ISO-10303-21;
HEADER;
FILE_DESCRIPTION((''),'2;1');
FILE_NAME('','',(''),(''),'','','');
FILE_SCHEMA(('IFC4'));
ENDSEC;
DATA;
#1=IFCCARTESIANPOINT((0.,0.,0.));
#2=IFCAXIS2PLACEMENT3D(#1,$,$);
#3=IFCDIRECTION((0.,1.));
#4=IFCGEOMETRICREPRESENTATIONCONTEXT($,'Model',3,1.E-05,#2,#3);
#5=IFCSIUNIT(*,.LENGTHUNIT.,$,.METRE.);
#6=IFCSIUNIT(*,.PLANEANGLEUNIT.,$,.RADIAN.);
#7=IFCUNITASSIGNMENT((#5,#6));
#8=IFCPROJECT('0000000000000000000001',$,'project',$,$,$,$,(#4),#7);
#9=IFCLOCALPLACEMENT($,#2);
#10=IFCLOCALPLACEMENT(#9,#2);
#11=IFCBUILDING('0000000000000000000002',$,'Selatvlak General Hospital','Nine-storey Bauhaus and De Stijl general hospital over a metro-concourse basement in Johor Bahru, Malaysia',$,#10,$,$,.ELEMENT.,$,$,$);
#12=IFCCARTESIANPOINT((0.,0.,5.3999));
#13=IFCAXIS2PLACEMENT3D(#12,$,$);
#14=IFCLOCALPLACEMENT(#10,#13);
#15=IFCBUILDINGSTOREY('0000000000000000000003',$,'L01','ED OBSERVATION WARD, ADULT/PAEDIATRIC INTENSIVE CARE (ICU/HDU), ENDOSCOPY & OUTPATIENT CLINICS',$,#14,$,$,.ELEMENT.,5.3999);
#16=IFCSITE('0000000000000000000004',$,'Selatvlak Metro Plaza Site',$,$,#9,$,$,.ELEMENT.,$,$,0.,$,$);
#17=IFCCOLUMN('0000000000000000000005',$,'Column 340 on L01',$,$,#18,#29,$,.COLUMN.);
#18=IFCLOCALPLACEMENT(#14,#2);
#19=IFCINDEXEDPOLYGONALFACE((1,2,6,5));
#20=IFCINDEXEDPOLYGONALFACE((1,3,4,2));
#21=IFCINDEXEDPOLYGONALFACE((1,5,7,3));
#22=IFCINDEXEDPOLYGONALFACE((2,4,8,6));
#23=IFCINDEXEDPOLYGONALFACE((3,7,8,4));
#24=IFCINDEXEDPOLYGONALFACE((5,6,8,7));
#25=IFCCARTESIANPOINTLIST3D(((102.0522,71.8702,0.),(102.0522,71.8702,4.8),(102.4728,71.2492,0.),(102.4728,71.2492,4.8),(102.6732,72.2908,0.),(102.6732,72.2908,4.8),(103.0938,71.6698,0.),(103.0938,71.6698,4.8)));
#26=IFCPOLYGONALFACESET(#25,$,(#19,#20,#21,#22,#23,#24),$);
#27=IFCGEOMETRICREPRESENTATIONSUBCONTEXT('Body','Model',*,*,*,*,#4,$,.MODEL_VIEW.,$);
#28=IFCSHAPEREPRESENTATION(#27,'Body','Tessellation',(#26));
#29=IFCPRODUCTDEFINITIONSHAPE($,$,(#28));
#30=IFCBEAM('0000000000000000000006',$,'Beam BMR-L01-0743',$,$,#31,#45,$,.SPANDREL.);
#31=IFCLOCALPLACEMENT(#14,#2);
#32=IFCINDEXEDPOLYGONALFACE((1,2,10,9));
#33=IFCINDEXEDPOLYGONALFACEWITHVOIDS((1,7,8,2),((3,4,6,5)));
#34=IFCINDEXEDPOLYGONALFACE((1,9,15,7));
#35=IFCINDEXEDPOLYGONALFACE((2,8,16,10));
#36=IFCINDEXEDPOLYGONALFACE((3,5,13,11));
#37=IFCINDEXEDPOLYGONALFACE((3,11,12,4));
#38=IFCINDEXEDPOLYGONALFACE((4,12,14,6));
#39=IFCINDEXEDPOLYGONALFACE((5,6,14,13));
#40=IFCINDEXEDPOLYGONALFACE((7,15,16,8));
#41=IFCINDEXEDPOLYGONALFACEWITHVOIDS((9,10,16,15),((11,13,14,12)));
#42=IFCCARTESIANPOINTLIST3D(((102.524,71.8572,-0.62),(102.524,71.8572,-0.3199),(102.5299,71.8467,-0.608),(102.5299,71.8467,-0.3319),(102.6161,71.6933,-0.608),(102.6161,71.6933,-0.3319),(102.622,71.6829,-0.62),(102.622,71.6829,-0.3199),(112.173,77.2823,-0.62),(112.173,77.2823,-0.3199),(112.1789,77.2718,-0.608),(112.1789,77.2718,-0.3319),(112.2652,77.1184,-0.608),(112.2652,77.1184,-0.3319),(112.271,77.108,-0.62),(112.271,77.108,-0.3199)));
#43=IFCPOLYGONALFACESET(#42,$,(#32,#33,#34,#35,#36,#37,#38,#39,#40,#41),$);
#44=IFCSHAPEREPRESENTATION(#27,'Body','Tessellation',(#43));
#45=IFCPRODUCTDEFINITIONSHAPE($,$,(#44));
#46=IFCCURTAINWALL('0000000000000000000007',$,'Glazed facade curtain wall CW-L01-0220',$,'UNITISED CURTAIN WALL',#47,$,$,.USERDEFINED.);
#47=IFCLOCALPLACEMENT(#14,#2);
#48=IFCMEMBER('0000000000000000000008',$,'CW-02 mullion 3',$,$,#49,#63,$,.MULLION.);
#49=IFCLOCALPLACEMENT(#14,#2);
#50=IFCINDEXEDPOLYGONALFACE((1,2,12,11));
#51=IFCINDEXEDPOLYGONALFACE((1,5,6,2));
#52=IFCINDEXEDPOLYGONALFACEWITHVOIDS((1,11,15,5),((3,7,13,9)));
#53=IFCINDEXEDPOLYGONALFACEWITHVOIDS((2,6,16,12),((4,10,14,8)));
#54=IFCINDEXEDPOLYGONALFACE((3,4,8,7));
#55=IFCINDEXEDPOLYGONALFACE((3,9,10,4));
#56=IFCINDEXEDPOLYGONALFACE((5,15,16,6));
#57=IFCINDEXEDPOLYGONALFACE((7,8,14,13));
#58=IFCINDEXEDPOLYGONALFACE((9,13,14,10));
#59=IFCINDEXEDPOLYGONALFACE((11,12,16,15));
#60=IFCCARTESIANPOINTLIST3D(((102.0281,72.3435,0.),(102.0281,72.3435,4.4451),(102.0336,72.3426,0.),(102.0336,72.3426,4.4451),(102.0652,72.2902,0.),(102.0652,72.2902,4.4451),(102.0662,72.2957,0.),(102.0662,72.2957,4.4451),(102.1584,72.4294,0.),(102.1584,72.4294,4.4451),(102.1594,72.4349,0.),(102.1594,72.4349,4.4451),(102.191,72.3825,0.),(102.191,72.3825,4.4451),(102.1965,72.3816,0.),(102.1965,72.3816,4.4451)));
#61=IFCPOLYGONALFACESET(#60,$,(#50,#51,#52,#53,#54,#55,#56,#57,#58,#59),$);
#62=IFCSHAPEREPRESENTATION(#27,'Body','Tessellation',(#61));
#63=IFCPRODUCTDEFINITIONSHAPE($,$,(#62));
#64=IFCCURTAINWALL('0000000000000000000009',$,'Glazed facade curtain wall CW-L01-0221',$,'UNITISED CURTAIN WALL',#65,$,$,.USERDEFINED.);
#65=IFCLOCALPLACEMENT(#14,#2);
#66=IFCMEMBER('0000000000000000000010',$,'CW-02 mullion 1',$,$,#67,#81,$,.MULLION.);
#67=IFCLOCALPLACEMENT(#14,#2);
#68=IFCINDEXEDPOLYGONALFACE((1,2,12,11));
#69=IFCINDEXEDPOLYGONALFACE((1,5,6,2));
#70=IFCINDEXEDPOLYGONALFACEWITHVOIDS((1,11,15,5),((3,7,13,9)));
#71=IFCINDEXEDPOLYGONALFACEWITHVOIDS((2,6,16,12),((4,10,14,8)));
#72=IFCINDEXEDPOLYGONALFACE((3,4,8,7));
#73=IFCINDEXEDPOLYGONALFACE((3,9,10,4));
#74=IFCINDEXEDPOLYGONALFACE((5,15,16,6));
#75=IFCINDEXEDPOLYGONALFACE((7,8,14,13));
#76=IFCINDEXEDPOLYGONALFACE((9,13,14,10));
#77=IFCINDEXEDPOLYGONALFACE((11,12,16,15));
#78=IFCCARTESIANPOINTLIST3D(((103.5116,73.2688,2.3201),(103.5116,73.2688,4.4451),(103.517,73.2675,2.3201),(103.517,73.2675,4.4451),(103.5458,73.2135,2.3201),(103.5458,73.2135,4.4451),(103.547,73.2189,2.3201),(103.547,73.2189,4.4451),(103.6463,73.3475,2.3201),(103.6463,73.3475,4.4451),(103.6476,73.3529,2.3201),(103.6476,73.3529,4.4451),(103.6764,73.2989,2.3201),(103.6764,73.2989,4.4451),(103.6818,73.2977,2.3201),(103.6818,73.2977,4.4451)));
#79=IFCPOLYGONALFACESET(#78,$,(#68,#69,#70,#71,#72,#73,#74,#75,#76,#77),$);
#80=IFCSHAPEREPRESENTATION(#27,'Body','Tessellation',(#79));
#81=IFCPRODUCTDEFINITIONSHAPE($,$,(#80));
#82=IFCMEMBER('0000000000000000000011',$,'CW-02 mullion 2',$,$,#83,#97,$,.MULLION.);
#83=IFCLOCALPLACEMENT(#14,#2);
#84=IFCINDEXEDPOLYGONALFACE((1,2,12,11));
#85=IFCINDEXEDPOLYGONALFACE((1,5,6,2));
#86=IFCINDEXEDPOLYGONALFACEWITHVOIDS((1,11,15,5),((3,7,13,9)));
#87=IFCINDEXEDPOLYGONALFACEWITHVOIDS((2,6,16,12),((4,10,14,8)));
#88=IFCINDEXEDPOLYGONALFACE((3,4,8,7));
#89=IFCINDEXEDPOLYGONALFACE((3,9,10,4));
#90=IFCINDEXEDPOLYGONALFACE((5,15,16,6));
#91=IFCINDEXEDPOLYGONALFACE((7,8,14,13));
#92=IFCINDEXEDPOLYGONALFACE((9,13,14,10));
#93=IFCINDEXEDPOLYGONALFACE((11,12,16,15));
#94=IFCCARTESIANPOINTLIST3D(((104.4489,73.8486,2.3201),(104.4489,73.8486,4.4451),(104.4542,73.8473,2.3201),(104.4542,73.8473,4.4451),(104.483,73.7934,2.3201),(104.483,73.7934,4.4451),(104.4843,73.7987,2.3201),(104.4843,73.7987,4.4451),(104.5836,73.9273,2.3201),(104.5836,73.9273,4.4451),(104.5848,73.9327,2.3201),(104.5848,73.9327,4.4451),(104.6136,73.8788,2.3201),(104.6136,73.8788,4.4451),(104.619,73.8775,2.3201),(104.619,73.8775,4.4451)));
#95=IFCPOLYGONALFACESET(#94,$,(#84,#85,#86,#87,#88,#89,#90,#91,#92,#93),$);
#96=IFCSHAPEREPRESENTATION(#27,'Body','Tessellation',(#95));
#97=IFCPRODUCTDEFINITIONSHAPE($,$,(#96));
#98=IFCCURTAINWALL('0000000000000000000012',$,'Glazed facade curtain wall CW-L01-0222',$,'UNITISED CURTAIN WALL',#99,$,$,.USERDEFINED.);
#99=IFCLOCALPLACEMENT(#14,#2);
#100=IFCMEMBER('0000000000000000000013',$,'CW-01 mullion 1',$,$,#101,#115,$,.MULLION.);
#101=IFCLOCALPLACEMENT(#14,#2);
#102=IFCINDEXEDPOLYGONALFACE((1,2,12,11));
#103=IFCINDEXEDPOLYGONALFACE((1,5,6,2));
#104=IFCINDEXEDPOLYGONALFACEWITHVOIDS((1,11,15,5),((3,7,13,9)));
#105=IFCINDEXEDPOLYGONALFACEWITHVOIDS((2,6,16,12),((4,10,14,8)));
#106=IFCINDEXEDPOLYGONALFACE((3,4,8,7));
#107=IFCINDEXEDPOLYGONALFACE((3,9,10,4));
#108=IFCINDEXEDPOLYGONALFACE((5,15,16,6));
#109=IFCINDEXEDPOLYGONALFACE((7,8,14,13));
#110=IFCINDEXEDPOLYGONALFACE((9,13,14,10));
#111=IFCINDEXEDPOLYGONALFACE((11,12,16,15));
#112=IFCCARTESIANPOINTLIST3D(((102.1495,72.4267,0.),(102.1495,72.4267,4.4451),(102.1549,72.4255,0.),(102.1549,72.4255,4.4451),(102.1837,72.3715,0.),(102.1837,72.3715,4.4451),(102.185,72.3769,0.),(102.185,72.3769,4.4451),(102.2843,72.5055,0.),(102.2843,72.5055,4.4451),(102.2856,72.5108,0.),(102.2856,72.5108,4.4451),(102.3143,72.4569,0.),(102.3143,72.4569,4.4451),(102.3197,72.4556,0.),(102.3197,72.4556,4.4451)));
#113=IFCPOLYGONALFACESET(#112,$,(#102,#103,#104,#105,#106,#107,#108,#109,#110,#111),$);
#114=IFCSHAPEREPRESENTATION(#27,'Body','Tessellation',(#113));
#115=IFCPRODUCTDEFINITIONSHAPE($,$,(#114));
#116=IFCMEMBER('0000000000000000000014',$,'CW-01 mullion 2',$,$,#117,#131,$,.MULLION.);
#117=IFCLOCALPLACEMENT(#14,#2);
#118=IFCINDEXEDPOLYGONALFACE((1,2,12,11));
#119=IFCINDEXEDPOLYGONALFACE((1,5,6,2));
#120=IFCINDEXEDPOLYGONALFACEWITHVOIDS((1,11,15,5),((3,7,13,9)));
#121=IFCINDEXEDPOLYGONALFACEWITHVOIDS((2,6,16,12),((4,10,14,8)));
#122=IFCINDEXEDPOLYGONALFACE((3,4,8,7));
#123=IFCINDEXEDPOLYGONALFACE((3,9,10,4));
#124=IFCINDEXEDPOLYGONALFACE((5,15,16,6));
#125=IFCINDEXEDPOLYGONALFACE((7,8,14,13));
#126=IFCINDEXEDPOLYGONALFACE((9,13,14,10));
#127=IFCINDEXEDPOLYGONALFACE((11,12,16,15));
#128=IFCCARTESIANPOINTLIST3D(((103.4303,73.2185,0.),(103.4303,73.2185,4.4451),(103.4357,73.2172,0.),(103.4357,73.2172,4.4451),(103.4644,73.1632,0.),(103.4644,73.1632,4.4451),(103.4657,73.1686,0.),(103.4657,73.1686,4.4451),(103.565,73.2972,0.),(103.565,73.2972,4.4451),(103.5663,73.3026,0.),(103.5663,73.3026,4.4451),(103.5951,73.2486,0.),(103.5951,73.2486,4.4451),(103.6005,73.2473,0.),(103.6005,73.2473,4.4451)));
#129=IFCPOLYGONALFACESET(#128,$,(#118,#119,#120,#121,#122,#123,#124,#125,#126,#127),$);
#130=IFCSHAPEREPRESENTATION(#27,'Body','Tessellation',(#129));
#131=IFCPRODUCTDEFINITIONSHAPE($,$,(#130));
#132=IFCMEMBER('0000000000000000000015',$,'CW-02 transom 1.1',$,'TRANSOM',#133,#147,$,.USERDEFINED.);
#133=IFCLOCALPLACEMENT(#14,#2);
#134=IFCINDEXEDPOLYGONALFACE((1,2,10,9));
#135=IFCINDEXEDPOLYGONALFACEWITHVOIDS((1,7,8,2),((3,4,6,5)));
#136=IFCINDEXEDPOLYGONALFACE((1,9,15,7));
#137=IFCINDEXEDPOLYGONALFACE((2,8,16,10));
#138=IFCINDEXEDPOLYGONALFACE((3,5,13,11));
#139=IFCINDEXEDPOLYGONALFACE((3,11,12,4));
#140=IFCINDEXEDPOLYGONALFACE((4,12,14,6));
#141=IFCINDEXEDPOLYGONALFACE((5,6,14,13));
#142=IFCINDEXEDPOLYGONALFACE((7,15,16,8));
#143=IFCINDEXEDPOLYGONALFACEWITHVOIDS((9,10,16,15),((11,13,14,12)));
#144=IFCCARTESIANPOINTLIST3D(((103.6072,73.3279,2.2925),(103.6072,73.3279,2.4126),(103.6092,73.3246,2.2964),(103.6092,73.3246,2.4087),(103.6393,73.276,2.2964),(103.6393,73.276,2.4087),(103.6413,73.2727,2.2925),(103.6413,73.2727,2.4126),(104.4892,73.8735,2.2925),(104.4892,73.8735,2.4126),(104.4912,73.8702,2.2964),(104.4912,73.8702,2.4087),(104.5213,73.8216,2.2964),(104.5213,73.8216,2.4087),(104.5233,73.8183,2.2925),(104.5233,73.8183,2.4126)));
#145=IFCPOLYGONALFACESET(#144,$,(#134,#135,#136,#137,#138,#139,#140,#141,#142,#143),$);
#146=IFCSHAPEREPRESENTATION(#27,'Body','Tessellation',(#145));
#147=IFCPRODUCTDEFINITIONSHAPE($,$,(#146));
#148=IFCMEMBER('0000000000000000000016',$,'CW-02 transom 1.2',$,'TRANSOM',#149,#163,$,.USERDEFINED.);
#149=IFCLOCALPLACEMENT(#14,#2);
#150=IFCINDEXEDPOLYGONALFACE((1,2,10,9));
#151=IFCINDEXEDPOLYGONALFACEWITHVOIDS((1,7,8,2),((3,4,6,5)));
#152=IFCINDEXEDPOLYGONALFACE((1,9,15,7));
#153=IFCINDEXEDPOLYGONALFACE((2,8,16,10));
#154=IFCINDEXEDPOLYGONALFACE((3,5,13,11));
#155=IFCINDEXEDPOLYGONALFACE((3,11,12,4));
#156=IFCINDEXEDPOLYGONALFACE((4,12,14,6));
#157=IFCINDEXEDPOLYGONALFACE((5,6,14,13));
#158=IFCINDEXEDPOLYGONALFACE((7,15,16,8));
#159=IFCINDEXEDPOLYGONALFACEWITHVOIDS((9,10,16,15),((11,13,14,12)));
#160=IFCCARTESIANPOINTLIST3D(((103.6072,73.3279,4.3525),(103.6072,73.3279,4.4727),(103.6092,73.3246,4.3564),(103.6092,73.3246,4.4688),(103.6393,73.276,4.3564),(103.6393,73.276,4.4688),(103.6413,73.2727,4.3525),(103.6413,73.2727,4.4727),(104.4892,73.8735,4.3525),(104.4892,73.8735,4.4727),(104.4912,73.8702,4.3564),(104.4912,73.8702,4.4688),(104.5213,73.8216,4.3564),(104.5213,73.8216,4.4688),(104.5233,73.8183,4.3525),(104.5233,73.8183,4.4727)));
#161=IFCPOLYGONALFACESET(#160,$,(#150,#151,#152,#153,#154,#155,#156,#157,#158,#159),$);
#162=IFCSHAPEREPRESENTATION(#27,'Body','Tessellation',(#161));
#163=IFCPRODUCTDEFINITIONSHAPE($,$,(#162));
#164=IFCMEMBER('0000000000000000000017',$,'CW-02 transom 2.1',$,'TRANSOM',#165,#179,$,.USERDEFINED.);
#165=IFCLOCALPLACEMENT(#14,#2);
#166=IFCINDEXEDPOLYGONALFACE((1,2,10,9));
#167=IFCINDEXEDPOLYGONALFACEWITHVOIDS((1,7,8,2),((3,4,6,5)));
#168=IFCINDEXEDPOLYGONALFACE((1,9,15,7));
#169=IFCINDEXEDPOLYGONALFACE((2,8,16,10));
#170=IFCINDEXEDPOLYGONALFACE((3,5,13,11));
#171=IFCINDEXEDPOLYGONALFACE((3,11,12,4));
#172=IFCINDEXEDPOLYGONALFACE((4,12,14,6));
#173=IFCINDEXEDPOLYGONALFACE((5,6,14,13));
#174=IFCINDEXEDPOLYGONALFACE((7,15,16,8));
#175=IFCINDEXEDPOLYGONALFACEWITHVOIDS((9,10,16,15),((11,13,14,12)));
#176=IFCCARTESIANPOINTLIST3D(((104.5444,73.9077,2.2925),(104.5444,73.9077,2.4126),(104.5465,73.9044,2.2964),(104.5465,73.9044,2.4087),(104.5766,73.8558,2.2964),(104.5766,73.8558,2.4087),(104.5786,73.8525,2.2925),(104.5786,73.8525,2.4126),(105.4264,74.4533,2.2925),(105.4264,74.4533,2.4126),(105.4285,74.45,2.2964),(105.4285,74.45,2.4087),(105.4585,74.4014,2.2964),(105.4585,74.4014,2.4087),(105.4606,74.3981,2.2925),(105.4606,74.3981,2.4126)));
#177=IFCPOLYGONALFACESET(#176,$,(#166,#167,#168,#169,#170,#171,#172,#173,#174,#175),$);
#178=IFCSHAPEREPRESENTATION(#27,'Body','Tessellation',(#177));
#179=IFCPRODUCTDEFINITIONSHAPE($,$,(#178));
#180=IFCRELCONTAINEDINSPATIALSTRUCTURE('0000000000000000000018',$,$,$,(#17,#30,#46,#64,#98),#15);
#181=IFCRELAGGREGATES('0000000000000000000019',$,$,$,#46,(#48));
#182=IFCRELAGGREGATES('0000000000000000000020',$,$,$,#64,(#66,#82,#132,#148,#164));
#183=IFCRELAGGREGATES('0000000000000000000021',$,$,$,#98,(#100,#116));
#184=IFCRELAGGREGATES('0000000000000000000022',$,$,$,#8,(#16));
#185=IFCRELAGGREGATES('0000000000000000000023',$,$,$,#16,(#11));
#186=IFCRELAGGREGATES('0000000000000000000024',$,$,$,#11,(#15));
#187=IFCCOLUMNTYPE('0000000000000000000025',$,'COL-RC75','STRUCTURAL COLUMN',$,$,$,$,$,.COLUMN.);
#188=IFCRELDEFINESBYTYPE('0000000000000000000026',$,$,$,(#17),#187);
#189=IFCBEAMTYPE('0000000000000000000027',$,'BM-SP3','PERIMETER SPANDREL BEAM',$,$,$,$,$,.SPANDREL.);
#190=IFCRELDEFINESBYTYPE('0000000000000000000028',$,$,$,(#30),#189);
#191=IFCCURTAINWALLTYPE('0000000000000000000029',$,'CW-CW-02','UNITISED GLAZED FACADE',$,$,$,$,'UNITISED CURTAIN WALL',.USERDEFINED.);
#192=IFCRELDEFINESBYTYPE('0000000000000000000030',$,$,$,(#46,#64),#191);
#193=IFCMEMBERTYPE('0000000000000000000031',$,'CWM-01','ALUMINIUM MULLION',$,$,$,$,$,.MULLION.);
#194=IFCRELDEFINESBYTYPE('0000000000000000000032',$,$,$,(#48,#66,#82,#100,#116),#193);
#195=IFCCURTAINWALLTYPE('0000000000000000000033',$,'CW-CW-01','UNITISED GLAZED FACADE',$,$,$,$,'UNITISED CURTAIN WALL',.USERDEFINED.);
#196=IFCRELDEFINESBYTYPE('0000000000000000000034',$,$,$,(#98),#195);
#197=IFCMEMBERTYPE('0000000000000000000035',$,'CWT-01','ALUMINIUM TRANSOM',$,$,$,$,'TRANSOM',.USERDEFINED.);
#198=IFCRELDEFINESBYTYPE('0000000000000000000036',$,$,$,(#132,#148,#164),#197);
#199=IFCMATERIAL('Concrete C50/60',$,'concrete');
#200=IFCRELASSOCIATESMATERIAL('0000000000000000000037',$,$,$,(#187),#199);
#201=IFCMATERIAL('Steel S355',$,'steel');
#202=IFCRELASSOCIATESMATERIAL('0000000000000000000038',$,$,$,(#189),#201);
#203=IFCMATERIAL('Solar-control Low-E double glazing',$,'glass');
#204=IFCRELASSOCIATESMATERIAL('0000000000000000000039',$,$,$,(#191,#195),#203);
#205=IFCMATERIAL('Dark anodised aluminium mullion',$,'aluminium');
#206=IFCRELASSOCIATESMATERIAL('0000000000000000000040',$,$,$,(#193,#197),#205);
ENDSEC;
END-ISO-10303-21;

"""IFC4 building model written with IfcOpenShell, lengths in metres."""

from ifc_helpers import new_model, si_unit, direction, frame, origin, origin_2d, place, context, subcontext, project, spatial, rectangle, hollow_rectangle, extrude, material, material_profile, profile_set, type_object, element, aggregate, save


model = new_model("IFC4")

# Units and contexts
model_context = context("Model", 3, precision=1e-05, world=origin(), true_north=direction((0.0, 1.0)))
body_context = subcontext(model_context, "Body", "Model", "MODEL_VIEW")
ifc_project = project(units=[si_unit("LENGTHUNIT", "METRE"), si_unit("PLANEANGLEUNIT", "RADIAN")], contexts=[model_context])

# Site, building, storey
site_placement = place(None, origin())
site = spatial("IfcSite", under=ifc_project, at=site_placement, Name="Selatvlak Metro Plaza Site", CompositionType="ELEMENT", RefElevation=0.0)
building_placement = place(site_placement, origin())
building = spatial("IfcBuilding", under=site, at=building_placement, Name="Selatvlak General Hospital", Description="Nine-storey Bauhaus and De Stijl general hospital over a metro-concourse basement in Johor Bahru, Malaysia", CompositionType="ELEMENT")
storey_placement = place(building_placement, frame((0.0, 0.0, 5.3999)))
storey = spatial("IfcBuildingStorey", under=building, at=storey_placement, Name="L01", Description="ED OBSERVATION WARD, ADULT/PAEDIATRIC INTENSIVE CARE (ICU/HDU), ENDOSCOPY & OUTPATIENT CLINICS", CompositionType="ELEMENT", Elevation=5.3999)

# Column
ifc_material_1 = material(Name="Concrete C50/60", Category="concrete")
ifc_material_profile_1 = material_profile(ifc_material_1, rectangle(XDim=0.75, YDim=0.75, at=origin_2d()), Name="RC-COL 750x750")
ifc_profile_set_1 = profile_set([ifc_material_profile_1], Name="Concrete C50/60")
column_type = type_object("IfcColumnType", Name="COL-RC75", Description="STRUCTURAL COLUMN", PredefinedType="COLUMN", material=ifc_profile_set_1)
column_placement = place(storey_placement, frame((102.573, 71.77, 0.0), z_axis=(0.0, 0.0, 1.0), x_axis=(-0.560726, 0.828002, 0.0)))
element("IfcColumn", 1, at=column_placement, inside=storey, type_object=column_type, Name="Column 340 on L01", PredefinedType="COLUMN", context=body_context, shape_type="SweptSolid", body=[
    extrude(rectangle(XDim=0.75, YDim=0.75, at=origin_2d()), origin(), (0.0, 0.0, 1.0), 4.8),
])

# Beam
ifc_material_2 = material(Name="Steel S355", Category="steel")
ifc_material_profile_2 = material_profile(ifc_material_2, hollow_rectangle(XDim=0.2, YDim=0.3, WallThickness=0.012, at=origin_2d()), Name="RHS 300x200x12")
ifc_profile_set_2 = profile_set([ifc_material_profile_2], Name="Steel S355")
beam_type = type_object("IfcBeamType", Name="BM-SP3", Description="PERIMETER SPANDREL BEAM", PredefinedType="SPANDREL", material=ifc_profile_set_2)
beam_placement = place(storey_placement, frame((102.573, 71.77, -0.47), z_axis=(0.871671, 0.490092, 0.0), x_axis=(-0.490092, 0.871671, 0.0)))
element("IfcBeam", 2, at=beam_placement, inside=storey, type_object=beam_type, Name="Beam BMR-L01-0743", PredefinedType="SPANDREL", context=body_context, shape_type="SweptSolid", body=[
    extrude(hollow_rectangle(XDim=0.2, YDim=0.3, WallThickness=0.012, at=origin_2d()), origin(), (0.0, 0.0, 1.0), 11.0696),
])

# Curtain wall, member
ifc_material_3 = material(Name="Solar-control Low-E double glazing", Category="glass")
curtain_wall_type_1 = type_object("IfcCurtainWallType", Name="CW-CW-02", Description="UNITISED GLAZED FACADE", ElementType="UNITISED CURTAIN WALL", PredefinedType="USERDEFINED", material=ifc_material_3)
curtain_wall_1_placement = place(storey_placement, origin())
curtain_wall_1 = element("IfcCurtainWall", 3, at=curtain_wall_1_placement, inside=storey, type_object=curtain_wall_type_1, Name="Glazed facade curtain wall CW-L01-0220", ObjectType="UNITISED CURTAIN WALL", PredefinedType="USERDEFINED")
ifc_material_4 = material(Name="Dark anodised aluminium mullion", Category="aluminium")
ifc_material_profile_3 = material_profile(ifc_material_4, hollow_rectangle(XDim=0.0649, YDim=0.1599, WallThickness=0.0039, at=origin_2d()), Name="AL-MUL 65x160x4")
ifc_profile_set_3 = profile_set([ifc_material_profile_3], Name="Dark anodised aluminium mullion")
member_type_1 = type_object("IfcMemberType", Name="CWM-01", Description="ALUMINIUM MULLION", PredefinedType="MULLION", material=ifc_profile_set_3)
member_1_placement = place(storey_placement, frame((102.1123, 72.3625, 0.0), z_axis=(0.0, 0.0, 1.0), x_axis=(-0.571111, 0.820873, 0.0)))
member_1 = element("IfcMember", 4, at=member_1_placement, type_object=member_type_1, Name="CW-02 mullion 3", PredefinedType="MULLION", context=body_context, shape_type="SweptSolid", body=[
    extrude(hollow_rectangle(XDim=0.0649, YDim=0.1599, WallThickness=0.0039, at=origin_2d()), origin(), (0.0, 0.0, 1.0), 4.4451),
])

# Curtain walls, members
curtain_wall_2_placement = place(storey_placement, origin())
curtain_wall_2 = element("IfcCurtainWall", 5, at=curtain_wall_2_placement, inside=storey, type_object=curtain_wall_type_1, Name="Glazed facade curtain wall CW-L01-0221", ObjectType="UNITISED CURTAIN WALL", PredefinedType="USERDEFINED")
member_2_placement = place(storey_placement, frame((103.5967, 73.2832, 2.3201), z_axis=(0.0, 0.0, 1.0), x_axis=(-0.526112, 0.850415, 0.0)))
member_2 = element("IfcMember", 6, at=member_2_placement, type_object=member_type_1, Name="CW-02 mullion 1", PredefinedType="MULLION", context=body_context, shape_type="SweptSolid", body=[
    extrude(hollow_rectangle(XDim=0.0649, YDim=0.1599, WallThickness=0.0039, at=origin_2d()), origin(), (0.0, 0.0, 1.0), 2.125),
])
member_3_placement = place(storey_placement, frame((104.5339, 73.863, 2.3201), z_axis=(0.0, 0.0, 1.0), x_axis=(-0.526112, 0.850415, 0.0)))
member_3 = element("IfcMember", 7, at=member_3_placement, type_object=member_type_1, Name="CW-02 mullion 2", PredefinedType="MULLION", context=body_context, shape_type="SweptSolid", body=[
    extrude(hollow_rectangle(XDim=0.0649, YDim=0.1599, WallThickness=0.0039, at=origin_2d()), origin(), (0.0, 0.0, 1.0), 2.125),
])
curtain_wall_type_2 = type_object("IfcCurtainWallType", Name="CW-CW-01", Description="UNITISED GLAZED FACADE", ElementType="UNITISED CURTAIN WALL", PredefinedType="USERDEFINED", material=ifc_material_3)
curtain_wall_3_placement = place(storey_placement, origin())
curtain_wall_3 = element("IfcCurtainWall", 8, at=curtain_wall_3_placement, inside=storey, type_object=curtain_wall_type_2, Name="Glazed facade curtain wall CW-L01-0222", ObjectType="UNITISED CURTAIN WALL", PredefinedType="USERDEFINED")
member_4_placement = place(storey_placement, frame((102.2346, 72.4412, 0.0), z_axis=(0.0, 0.0, 1.0), x_axis=(-0.525872, 0.850564, 0.0)))
member_4 = element("IfcMember", 9, at=member_4_placement, type_object=member_type_1, Name="CW-01 mullion 1", PredefinedType="MULLION", context=body_context, shape_type="SweptSolid", body=[
    extrude(hollow_rectangle(XDim=0.0649, YDim=0.1599, WallThickness=0.0039, at=origin_2d()), origin(), (0.0, 0.0, 1.0), 4.4451),
])
member_5_placement = place(storey_placement, frame((103.5154, 73.2329, 0.0), z_axis=(0.0, 0.0, 1.0), x_axis=(-0.525872, 0.850564, 0.0)))
member_5 = element("IfcMember", 10, at=member_5_placement, type_object=member_type_1, Name="CW-01 mullion 2", PredefinedType="MULLION", context=body_context, shape_type="SweptSolid", body=[
    extrude(hollow_rectangle(XDim=0.0649, YDim=0.1599, WallThickness=0.0039, at=origin_2d()), origin(), (0.0, 0.0, 1.0), 4.4451),
])

# Members
ifc_material_profile_4 = material_profile(ifc_material_4, hollow_rectangle(XDim=0.0649, YDim=0.1201, WallThickness=0.0039, at=origin_2d()), Name="AL-TRN 65x120x4")
ifc_profile_set_4 = profile_set([ifc_material_profile_4], Name="Dark anodised aluminium mullion")
member_type_2 = type_object("IfcMemberType", Name="CWT-01", Description="ALUMINIUM TRANSOM", ElementType="TRANSOM", PredefinedType="USERDEFINED", material=ifc_profile_set_4)
member_6_placement = place(storey_placement, frame((103.6243, 73.3003, 2.3525), z_axis=(0.850436, 0.526079, 0.0), x_axis=(-0.526079, 0.850436, 0.0)))
member_6 = element("IfcMember", 11, at=member_6_placement, type_object=member_type_2, Name="CW-02 transom 1.1", ObjectType="TRANSOM", PredefinedType="USERDEFINED", context=body_context, shape_type="SweptSolid", body=[
    extrude(hollow_rectangle(XDim=0.0649, YDim=0.1201, WallThickness=0.0039, at=origin_2d()), origin(), (0.0, 0.0, 1.0), 1.0371),
])
member_7_placement = place(storey_placement, frame((103.6243, 73.3003, 4.4126), z_axis=(0.850436, 0.526079, 0.0), x_axis=(-0.526079, 0.850436, 0.0)))
member_7 = element("IfcMember", 12, at=member_7_placement, type_object=member_type_2, Name="CW-02 transom 1.2", ObjectType="TRANSOM", PredefinedType="USERDEFINED", context=body_context, shape_type="SweptSolid", body=[
    extrude(hollow_rectangle(XDim=0.0649, YDim=0.1201, WallThickness=0.0039, at=origin_2d()), origin(), (0.0, 0.0, 1.0), 1.0371),
])
member_8_placement = place(storey_placement, frame((104.5615, 73.8801, 2.3525), z_axis=(0.850436, 0.526079, 0.0), x_axis=(-0.526079, 0.850436, 0.0)))
member_8 = element("IfcMember", 13, at=member_8_placement, type_object=member_type_2, Name="CW-02 transom 2.1", ObjectType="TRANSOM", PredefinedType="USERDEFINED", context=body_context, shape_type="SweptSolid", body=[
    extrude(hollow_rectangle(XDim=0.0649, YDim=0.1201, WallThickness=0.0039, at=origin_2d()), origin(), (0.0, 0.0, 1.0), 1.0371),
])

aggregate(curtain_wall_1, [member_1])
aggregate(curtain_wall_2, [member_2, member_3, member_6, member_7, member_8])
aggregate(curtain_wall_3, [member_4, member_5])

save(model, "model.ifc")
